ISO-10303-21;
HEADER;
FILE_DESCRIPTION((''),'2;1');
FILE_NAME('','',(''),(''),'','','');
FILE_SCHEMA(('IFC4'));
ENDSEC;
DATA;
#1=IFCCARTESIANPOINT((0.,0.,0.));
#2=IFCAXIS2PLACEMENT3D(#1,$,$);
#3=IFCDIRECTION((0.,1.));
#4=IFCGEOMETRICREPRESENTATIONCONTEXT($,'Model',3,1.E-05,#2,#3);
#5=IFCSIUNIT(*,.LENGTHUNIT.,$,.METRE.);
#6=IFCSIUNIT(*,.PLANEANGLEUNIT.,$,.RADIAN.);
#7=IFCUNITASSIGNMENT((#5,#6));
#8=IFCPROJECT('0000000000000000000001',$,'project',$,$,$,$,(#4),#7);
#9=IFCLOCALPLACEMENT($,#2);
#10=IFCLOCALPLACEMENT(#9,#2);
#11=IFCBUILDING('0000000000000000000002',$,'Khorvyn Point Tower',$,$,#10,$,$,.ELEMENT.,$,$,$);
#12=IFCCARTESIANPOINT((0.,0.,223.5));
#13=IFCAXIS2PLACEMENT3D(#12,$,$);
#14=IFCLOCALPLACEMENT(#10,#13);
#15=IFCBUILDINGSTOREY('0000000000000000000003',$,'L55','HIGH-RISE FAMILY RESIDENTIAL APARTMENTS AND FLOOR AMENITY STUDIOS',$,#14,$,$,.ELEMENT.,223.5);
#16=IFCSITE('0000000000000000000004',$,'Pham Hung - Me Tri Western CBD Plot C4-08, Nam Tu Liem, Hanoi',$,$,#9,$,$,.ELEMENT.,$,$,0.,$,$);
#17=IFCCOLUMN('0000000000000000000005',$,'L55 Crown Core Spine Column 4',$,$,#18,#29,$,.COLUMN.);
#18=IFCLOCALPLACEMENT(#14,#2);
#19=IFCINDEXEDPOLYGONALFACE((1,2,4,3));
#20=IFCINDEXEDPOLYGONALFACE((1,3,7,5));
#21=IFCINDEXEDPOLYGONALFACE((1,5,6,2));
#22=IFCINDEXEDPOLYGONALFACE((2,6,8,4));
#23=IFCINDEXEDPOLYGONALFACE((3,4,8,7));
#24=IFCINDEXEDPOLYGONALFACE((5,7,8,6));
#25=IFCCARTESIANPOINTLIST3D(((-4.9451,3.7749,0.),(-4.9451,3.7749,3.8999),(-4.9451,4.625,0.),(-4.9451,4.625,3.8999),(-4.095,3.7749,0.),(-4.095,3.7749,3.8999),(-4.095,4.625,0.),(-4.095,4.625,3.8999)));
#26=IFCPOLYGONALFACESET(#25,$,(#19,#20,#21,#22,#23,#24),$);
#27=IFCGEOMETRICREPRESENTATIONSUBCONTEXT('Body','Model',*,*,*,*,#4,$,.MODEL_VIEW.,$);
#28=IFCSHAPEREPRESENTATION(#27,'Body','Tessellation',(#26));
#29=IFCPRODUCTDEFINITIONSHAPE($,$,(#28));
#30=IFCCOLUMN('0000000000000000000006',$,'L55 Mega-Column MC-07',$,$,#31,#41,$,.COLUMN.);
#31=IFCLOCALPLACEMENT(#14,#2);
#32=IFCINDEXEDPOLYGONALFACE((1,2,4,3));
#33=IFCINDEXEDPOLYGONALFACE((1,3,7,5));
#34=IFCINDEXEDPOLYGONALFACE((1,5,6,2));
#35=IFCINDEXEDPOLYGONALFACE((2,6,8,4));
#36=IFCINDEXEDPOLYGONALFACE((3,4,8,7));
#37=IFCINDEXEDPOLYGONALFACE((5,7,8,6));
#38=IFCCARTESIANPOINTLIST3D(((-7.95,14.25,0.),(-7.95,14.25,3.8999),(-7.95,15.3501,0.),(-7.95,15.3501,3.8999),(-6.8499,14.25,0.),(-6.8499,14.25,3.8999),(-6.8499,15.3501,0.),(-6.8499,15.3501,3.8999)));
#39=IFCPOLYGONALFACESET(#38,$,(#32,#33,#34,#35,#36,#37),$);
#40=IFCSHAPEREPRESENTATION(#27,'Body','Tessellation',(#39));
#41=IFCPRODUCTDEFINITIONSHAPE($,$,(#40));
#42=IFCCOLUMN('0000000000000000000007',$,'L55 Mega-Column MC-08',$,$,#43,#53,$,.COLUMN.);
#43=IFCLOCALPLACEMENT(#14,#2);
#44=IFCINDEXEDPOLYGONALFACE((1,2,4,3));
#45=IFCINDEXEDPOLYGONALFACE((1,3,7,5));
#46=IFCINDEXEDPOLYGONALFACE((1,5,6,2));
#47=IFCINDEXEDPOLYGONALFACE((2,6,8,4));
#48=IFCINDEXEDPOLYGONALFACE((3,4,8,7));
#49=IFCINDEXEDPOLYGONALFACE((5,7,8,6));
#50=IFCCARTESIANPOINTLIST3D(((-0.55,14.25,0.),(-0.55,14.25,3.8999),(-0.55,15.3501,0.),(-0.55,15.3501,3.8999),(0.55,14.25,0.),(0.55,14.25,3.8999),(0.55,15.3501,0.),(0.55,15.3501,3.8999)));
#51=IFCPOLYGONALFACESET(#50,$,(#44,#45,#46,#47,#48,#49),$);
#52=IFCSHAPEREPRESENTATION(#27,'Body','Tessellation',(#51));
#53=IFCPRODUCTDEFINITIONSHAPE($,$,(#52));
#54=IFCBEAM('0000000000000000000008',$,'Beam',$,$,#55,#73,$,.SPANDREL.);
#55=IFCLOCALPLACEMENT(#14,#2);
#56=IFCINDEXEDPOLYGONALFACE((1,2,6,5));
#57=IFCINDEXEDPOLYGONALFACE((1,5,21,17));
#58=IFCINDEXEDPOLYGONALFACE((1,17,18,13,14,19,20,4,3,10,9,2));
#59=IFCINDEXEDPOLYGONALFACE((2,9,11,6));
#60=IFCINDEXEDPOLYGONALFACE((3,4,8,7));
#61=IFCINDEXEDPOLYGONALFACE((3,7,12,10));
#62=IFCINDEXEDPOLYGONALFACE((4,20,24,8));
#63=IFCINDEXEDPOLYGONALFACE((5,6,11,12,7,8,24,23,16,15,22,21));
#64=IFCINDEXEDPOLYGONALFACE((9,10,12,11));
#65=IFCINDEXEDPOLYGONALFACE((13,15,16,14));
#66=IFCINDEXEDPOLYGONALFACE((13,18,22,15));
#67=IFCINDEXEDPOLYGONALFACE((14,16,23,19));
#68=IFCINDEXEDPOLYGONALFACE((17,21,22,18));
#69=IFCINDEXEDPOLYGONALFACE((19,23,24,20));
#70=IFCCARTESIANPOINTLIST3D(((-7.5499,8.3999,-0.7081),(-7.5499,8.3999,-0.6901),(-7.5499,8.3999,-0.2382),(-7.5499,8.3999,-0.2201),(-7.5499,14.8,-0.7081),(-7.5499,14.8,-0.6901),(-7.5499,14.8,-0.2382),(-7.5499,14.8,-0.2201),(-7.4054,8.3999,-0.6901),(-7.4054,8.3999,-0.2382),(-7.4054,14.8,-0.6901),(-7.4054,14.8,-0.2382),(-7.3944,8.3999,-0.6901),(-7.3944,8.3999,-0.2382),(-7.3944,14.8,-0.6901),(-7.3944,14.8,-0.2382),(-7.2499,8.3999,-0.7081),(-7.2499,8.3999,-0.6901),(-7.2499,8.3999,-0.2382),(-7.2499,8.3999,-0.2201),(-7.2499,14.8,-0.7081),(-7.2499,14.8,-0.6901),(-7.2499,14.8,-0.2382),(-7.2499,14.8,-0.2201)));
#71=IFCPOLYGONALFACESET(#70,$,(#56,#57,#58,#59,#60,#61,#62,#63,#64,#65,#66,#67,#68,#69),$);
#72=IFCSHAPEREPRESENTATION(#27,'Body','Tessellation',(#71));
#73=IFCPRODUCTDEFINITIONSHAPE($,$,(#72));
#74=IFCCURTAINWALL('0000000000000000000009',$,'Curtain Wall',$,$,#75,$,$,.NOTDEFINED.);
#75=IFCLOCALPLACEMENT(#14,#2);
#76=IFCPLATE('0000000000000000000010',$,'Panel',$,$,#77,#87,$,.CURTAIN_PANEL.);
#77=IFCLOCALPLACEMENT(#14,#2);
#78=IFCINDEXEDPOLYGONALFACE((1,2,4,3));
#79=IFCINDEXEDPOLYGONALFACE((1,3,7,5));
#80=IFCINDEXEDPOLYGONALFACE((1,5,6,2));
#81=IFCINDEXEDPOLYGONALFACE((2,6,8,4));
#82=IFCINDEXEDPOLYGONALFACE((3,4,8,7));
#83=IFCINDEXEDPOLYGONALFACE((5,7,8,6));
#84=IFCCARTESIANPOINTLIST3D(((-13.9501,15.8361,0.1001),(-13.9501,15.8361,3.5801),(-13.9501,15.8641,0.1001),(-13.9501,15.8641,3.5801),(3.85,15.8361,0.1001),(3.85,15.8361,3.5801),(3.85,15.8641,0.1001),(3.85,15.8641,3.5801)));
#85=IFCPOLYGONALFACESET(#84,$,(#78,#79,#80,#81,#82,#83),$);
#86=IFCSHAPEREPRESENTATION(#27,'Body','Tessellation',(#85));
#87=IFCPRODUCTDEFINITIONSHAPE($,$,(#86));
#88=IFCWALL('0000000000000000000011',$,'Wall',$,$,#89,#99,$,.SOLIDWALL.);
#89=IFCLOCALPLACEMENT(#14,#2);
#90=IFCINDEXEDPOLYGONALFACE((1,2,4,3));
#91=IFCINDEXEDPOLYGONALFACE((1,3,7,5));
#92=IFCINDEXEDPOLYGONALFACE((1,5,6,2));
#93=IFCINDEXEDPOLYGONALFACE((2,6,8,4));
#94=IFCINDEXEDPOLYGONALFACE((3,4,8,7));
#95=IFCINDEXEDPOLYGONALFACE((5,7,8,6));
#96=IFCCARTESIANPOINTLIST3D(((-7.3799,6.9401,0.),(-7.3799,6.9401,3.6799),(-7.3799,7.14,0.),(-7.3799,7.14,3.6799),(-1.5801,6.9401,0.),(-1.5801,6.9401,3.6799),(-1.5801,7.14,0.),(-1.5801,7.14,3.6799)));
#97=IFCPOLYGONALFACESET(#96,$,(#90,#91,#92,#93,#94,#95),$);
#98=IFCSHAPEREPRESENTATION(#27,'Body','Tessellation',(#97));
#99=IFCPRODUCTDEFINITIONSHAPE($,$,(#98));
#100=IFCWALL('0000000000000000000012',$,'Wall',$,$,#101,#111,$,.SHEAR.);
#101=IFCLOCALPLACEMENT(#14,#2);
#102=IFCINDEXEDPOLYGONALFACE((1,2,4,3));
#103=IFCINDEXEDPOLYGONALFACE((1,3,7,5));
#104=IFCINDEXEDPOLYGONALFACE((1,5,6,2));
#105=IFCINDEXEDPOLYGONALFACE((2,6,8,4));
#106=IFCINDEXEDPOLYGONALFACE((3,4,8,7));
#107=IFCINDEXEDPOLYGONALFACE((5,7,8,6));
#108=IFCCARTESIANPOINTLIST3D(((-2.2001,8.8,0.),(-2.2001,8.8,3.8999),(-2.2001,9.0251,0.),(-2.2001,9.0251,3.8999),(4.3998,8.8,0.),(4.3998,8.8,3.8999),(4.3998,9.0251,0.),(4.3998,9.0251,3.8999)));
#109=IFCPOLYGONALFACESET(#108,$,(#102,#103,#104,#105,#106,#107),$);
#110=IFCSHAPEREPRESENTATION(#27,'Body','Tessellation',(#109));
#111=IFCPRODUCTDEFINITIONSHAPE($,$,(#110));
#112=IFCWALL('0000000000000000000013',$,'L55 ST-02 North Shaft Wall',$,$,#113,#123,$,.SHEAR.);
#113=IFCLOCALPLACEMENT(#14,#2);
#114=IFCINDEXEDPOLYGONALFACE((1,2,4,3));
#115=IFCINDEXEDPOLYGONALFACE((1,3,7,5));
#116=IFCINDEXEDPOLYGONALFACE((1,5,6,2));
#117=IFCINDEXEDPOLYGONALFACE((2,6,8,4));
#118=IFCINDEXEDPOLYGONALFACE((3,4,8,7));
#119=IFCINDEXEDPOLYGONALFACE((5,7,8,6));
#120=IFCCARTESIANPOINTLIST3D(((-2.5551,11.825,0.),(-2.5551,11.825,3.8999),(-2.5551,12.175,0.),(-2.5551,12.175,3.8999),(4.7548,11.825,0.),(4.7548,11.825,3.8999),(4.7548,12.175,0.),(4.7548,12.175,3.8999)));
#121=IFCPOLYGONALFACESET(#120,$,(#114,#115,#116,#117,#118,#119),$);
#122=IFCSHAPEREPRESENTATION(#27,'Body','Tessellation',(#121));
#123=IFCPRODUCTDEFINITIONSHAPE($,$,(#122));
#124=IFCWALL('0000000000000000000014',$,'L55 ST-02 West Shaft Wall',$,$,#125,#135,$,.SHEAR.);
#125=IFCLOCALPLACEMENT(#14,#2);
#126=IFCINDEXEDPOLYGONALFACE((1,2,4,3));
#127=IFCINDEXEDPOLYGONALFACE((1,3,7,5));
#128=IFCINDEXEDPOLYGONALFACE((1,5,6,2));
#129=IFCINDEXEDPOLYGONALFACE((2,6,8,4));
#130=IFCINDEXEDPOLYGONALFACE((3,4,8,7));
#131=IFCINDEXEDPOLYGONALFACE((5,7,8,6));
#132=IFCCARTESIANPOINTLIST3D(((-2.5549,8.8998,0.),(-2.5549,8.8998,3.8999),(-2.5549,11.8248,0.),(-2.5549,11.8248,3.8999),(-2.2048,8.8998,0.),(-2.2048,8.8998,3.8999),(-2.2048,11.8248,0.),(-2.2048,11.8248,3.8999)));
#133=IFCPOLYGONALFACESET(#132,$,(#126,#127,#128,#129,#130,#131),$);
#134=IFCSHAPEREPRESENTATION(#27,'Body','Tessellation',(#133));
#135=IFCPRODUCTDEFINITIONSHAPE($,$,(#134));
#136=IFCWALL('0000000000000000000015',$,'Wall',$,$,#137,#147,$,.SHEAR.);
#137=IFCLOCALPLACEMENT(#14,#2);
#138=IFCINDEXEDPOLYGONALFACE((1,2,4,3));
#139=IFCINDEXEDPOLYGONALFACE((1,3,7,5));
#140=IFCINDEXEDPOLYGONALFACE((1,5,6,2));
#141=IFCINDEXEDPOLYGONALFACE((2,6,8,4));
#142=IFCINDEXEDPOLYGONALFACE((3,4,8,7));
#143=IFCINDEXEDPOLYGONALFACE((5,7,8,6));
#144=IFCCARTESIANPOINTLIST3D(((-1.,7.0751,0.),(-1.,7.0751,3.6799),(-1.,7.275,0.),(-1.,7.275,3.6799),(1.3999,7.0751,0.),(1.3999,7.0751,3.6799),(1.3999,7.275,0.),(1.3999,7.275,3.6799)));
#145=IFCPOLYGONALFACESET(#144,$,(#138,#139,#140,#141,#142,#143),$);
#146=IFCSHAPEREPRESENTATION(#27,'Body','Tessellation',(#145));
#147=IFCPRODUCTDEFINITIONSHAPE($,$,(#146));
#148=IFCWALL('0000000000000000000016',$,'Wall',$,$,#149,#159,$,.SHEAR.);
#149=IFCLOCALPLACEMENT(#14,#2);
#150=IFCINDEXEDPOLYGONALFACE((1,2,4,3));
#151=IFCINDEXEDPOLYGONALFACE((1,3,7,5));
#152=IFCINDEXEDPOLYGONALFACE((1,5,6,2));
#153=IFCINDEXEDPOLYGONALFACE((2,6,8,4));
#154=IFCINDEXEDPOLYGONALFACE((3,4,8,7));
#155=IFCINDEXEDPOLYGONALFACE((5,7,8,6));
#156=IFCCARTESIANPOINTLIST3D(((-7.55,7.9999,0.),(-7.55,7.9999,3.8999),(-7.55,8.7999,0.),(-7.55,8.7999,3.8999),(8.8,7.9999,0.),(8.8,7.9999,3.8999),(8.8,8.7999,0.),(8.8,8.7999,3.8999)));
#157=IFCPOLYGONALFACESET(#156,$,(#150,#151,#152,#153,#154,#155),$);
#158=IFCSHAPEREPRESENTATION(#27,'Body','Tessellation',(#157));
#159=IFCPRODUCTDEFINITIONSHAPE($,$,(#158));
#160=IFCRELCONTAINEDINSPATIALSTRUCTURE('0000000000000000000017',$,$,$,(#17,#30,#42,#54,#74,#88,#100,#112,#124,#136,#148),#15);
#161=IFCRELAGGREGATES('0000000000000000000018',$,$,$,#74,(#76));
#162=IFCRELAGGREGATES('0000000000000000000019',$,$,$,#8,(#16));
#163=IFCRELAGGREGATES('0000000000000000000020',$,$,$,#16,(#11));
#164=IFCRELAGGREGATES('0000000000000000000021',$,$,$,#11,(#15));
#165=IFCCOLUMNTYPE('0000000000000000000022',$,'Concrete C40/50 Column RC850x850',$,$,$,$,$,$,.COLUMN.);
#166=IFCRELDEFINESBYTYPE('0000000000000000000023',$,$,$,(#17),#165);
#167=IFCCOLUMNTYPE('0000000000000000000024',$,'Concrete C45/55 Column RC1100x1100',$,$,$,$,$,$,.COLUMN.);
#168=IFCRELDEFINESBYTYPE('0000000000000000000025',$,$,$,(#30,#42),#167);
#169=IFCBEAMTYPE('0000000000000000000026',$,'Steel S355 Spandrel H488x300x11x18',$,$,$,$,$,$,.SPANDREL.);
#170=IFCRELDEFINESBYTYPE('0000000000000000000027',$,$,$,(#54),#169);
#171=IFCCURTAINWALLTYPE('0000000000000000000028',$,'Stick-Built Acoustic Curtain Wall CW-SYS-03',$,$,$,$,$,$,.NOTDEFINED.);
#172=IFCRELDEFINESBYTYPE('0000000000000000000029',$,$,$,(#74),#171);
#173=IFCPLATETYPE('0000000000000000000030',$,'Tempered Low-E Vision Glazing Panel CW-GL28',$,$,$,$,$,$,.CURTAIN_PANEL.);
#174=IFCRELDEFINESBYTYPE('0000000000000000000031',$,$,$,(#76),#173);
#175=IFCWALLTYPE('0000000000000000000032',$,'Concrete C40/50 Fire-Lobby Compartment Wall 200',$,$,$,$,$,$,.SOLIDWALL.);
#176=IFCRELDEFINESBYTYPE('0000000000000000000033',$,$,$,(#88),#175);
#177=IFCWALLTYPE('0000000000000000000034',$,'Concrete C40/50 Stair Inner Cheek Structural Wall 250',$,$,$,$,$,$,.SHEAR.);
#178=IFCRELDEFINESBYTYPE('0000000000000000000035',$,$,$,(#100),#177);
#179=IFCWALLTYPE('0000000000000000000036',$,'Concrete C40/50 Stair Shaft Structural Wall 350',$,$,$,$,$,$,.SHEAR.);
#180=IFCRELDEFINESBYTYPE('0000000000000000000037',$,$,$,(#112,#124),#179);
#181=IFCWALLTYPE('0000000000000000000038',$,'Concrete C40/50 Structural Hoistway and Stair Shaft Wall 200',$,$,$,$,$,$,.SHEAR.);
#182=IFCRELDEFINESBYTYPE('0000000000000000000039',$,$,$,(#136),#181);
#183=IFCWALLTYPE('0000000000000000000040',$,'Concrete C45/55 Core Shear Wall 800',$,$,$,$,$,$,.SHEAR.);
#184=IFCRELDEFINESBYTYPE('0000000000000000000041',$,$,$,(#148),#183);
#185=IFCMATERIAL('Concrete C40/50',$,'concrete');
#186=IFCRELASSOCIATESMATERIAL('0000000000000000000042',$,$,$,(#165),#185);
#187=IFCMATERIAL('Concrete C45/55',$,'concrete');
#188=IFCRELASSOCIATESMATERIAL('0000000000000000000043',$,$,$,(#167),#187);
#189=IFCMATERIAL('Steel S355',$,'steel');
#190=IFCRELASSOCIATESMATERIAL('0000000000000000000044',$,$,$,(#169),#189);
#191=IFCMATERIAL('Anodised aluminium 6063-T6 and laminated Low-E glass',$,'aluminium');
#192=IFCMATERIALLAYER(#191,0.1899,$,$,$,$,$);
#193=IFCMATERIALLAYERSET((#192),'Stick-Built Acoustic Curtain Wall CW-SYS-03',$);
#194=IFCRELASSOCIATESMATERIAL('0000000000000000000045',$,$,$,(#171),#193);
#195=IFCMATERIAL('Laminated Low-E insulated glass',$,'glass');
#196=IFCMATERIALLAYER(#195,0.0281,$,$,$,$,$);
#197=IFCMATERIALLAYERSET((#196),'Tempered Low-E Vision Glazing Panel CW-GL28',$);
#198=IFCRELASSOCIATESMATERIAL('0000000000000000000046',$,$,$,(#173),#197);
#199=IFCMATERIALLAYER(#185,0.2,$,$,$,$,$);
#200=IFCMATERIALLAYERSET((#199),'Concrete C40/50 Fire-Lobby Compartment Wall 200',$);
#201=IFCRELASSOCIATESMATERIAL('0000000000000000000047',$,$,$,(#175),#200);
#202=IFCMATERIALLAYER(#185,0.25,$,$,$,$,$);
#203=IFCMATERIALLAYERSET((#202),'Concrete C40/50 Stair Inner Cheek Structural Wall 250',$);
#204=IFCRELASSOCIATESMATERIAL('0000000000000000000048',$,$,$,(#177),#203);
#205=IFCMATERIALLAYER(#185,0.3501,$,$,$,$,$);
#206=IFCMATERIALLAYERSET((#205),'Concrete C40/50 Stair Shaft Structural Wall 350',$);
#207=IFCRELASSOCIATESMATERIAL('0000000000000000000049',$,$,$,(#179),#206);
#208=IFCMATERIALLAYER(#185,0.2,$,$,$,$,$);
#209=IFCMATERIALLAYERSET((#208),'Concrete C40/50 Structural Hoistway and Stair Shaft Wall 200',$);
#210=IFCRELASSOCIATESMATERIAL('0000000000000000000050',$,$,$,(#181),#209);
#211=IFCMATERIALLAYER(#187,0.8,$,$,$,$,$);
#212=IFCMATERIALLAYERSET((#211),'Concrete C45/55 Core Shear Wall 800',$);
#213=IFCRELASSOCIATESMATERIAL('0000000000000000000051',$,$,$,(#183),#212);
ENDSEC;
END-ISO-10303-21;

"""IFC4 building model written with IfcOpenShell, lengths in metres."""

from ifc_helpers import new_model, si_unit, direction, frame, frame_2d, origin, origin_2d, place, context, subcontext, project, spatial, rectangle, i_section, extrude, material, layer, layer_set, material_profile, profile_set, type_object, element, aggregate, save


model = new_model("IFC4")

# Units and contexts
model_context = context("Model", 3, precision=1e-05, world=origin(), true_north=direction((0.0, 1.0)))
body_context = subcontext(model_context, "Body", "Model", "MODEL_VIEW")
ifc_project = project(units=[si_unit("LENGTHUNIT", "METRE"), si_unit("PLANEANGLEUNIT", "RADIAN")], contexts=[model_context])

# Site, building, storey
site_placement = place(None, origin())
site = spatial("IfcSite", under=ifc_project, at=site_placement, Name="Pham Hung - Me Tri Western CBD Plot C4-08, Nam Tu Liem, Hanoi", CompositionType="ELEMENT", RefElevation=0.0)
building_placement = place(site_placement, origin())
building = spatial("IfcBuilding", under=site, at=building_placement, Name="Khorvyn Point Tower", CompositionType="ELEMENT")
storey_placement = place(building_placement, frame((0.0, 0.0, 223.5)))
storey = spatial("IfcBuildingStorey", under=building, at=storey_placement, Name="L55", Description="HIGH-RISE FAMILY RESIDENTIAL APARTMENTS AND FLOOR AMENITY STUDIOS", CompositionType="ELEMENT", Elevation=223.5)

# Columns
ifc_material_1 = material(Name="Concrete C40/50", Category="concrete")
ifc_material_profile_1 = material_profile(ifc_material_1, rectangle(XDim=0.8501, YDim=0.8501, at=origin_2d()))
ifc_profile_set_1 = profile_set([ifc_material_profile_1], Name="Concrete C40/50 RC850x850")
column_type_1 = type_object("IfcColumnType", Name="Concrete C40/50 Column RC850x850", PredefinedType="COLUMN", material=ifc_profile_set_1)
column_placement = place(storey_placement, frame((-4.52, 4.2, 0.0), z_axis=(0.0, 0.0, 1.0), x_axis=(1.0, 0.0, 0.0)))
element("IfcColumn", 1, at=column_placement, inside=storey, type_object=column_type_1, Name="L55 Crown Core Spine Column 4", PredefinedType="COLUMN", context=body_context, shape_type="SweptSolid", body=[
    extrude(rectangle(XDim=0.8501, YDim=0.8501, at=origin_2d()), origin(), (0.0, 0.0, 1.0), 3.8999),
])
ifc_material_2 = material(Name="Concrete C45/55", Category="concrete")
ifc_material_profile_2 = material_profile(ifc_material_2, rectangle(XDim=1.1001, YDim=1.1001, at=origin_2d()))
ifc_profile_set_2 = profile_set([ifc_material_profile_2], Name="Concrete C45/55 RC1100x1100")
column_type_2 = type_object("IfcColumnType", Name="Concrete C45/55 Column RC1100x1100", PredefinedType="COLUMN", material=ifc_profile_set_2)
for number, where, z_axis, x_axis, name in (
    (2, (-7.3999, 14.8, 0.0), (0.0, 0.0, 1.0), (1.0, 0.0, 0.0), "L55 Mega-Column MC-07"),
    (3, (0.0, 14.8, 0.0), (0.0, 0.0, 1.0), (1.0, 0.0, 0.0), "L55 Mega-Column MC-08"),
):
    element("IfcColumn", number, at=place(storey_placement, frame(where, z_axis=z_axis, x_axis=x_axis)), inside=storey, type_object=column_type_2, Name=name, PredefinedType="COLUMN", context=body_context, shape_type="SweptSolid", body=[
        extrude(rectangle(XDim=1.1001, YDim=1.1001, at=origin_2d()), origin(), (0.0, 0.0, 1.0), 3.8999),
    ])

# Beam
ifc_material_3 = material(Name="Steel S355", Category="steel")
ifc_material_profile_3 = material_profile(ifc_material_3, i_section(OverallWidth=0.3, OverallDepth=0.488, WebThickness=0.011, FlangeThickness=0.0181, at=origin_2d()))
ifc_profile_set_3 = profile_set([ifc_material_profile_3], Name="Steel S355 H488x300x11x18")
beam_type = type_object("IfcBeamType", Name="Steel S355 Spandrel H488x300x11x18", PredefinedType="SPANDREL", material=ifc_profile_set_3)
beam_placement = place(storey_placement, frame((-7.3999, 8.3999, -0.4641), z_axis=(0.0, 1.0, 0.0), x_axis=(-1.0, 0.0, 0.0)))
element("IfcBeam", 4, at=beam_placement, inside=storey, type_object=beam_type, Name="Beam", PredefinedType="SPANDREL", context=body_context, shape_type="SweptSolid", body=[
    extrude(i_section(OverallWidth=0.3, OverallDepth=0.488, WebThickness=0.011, FlangeThickness=0.0181, at=origin_2d()), origin(), (0.0, 0.0, 1.0), 6.4001),
])

# Curtain wall, plate
ifc_material_4 = material(Name="Anodised aluminium 6063-T6 and laminated Low-E glass", Category="aluminium")
ifc_layer_1 = layer(ifc_material_4, 0.1899)
ifc_layer_set_1 = layer_set([ifc_layer_1], Name="Stick-Built Acoustic Curtain Wall CW-SYS-03")
curtain_wall_type = type_object("IfcCurtainWallType", Name="Stick-Built Acoustic Curtain Wall CW-SYS-03", PredefinedType="NOTDEFINED", material=ifc_layer_set_1)
curtain_wall_placement = place(storey_placement, origin())
curtain_wall = element("IfcCurtainWall", 5, at=curtain_wall_placement, inside=storey, type_object=curtain_wall_type, Name="Curtain Wall", PredefinedType="NOTDEFINED")
ifc_material_5 = material(Name="Laminated Low-E insulated glass", Category="glass")
ifc_layer_2 = layer(ifc_material_5, 0.0281)
ifc_layer_set_2 = layer_set([ifc_layer_2], Name="Tempered Low-E Vision Glazing Panel CW-GL28")
plate_type = type_object("IfcPlateType", Name="Tempered Low-E Vision Glazing Panel CW-GL28", PredefinedType="CURTAIN_PANEL", material=ifc_layer_set_2)
plate_placement = place(storey_placement, frame((-5.05, 15.8501, 0.1001), z_axis=(0.0, 0.0, 1.0), x_axis=(1.0, 0.0, 0.0)))
plate = element("IfcPlate", 6, at=plate_placement, type_object=plate_type, Name="Panel", PredefinedType="CURTAIN_PANEL", context=body_context, shape_type="SweptSolid", body=[
    extrude(rectangle(XDim=17.8, YDim=0.0281, at=origin_2d()), origin(), (0.0, 0.0, 1.0), 3.48),
])
aggregate(curtain_wall, [plate])

# Shared definitions
ifc_layer_3 = layer(ifc_material_1, 0.2)
ifc_layer_set_3 = layer_set([ifc_layer_3], Name="Concrete C40/50 Fire-Lobby Compartment Wall 200")
wall_type_1 = type_object("IfcWallType", Name="Concrete C40/50 Fire-Lobby Compartment Wall 200", PredefinedType="SOLIDWALL", material=ifc_layer_set_3)

# Walls
wall_1_placement = place(storey_placement, frame((-7.3799, 7.04, 0.0), z_axis=(0.0, 0.0, 1.0), x_axis=(1.0, 0.0, 0.0)))
element("IfcWall", 7, at=wall_1_placement, inside=storey, type_object=wall_type_1, Name="Wall", PredefinedType="SOLIDWALL", context=body_context, shape_type="SweptSolid", body=[
    extrude(rectangle(XDim=5.7998, YDim=0.2, at=frame_2d((2.8999, 0.0))), origin(), (0.0, 0.0, 1.0), 3.6799),
])
ifc_layer_4 = layer(ifc_material_1, 0.25)
ifc_layer_set_4 = layer_set([ifc_layer_4], Name="Concrete C40/50 Stair Inner Cheek Structural Wall 250")
wall_type_2 = type_object("IfcWallType", Name="Concrete C40/50 Stair Inner Cheek Structural Wall 250", PredefinedType="SHEAR", material=ifc_layer_set_4)
wall_2_placement = place(storey_placement, frame((-2.2, 8.9126, 0.0), z_axis=(0.0, 0.0, 1.0), x_axis=(1.0, 0.0, 0.0)))
element("IfcWall", 8, at=wall_2_placement, inside=storey, type_object=wall_type_2, Name="Wall", PredefinedType="SHEAR", context=body_context, shape_type="SweptSolid", body=[
    extrude(rectangle(XDim=6.5999, YDim=0.2251, at=frame_2d((3.2998, 0.0))), origin(), (0.0, 0.0, 1.0), 3.8999),
])
ifc_layer_5 = layer(ifc_material_1, 0.3501)
ifc_layer_set_5 = layer_set([ifc_layer_5], Name="Concrete C40/50 Stair Shaft Structural Wall 350")
wall_type_3 = type_object("IfcWallType", Name="Concrete C40/50 Stair Shaft Structural Wall 350", PredefinedType="SHEAR", material=ifc_layer_set_5)
wall_3_placement = place(storey_placement, frame((-2.5549, 12.0, 0.0), z_axis=(0.0, 0.0, 1.0), x_axis=(1.0, 0.0, 0.0)))
element("IfcWall", 9, at=wall_3_placement, inside=storey, type_object=wall_type_3, Name="L55 ST-02 North Shaft Wall", PredefinedType="SHEAR", context=body_context, shape_type="SweptSolid", body=[
    extrude(rectangle(XDim=7.3098, YDim=0.3501, at=frame_2d((3.6548, 0.0))), origin(), (0.0, 0.0, 1.0), 3.8999),
])
wall_4_placement = place(storey_placement, frame((-2.3799, 8.8999, 0.0), z_axis=(0.0, 0.0, 1.0), x_axis=(0.0, 1.0, 0.0)))
element("IfcWall", 10, at=wall_4_placement, inside=storey, type_object=wall_type_3, Name="L55 ST-02 West Shaft Wall", PredefinedType="SHEAR", context=body_context, shape_type="SweptSolid", body=[
    extrude(rectangle(XDim=2.925, YDim=0.3501, at=frame_2d((1.4624, 0.0))), origin(), (0.0, 0.0, 1.0), 3.8999),
])
ifc_layer_6 = layer(ifc_material_1, 0.2)
ifc_layer_set_6 = layer_set([ifc_layer_6], Name="Concrete C40/50 Structural Hoistway and Stair Shaft Wall 200")
wall_type_4 = type_object("IfcWallType", Name="Concrete C40/50 Structural Hoistway and Stair Shaft Wall 200", PredefinedType="SHEAR", material=ifc_layer_set_6)
wall_5_placement = place(storey_placement, frame((-1.0, 7.175, 0.0), z_axis=(0.0, 0.0, 1.0), x_axis=(1.0, 0.0, 0.0)))
element("IfcWall", 11, at=wall_5_placement, inside=storey, type_object=wall_type_4, Name="Wall", PredefinedType="SHEAR", context=body_context, shape_type="SweptSolid", body=[
    extrude(rectangle(XDim=2.3999, YDim=0.2, at=frame_2d((1.2, 0.0))), origin(), (0.0, 0.0, 1.0), 3.6799),
])
ifc_layer_7 = layer(ifc_material_2, 0.8)
ifc_layer_set_7 = layer_set([ifc_layer_7], Name="Concrete C45/55 Core Shear Wall 800")
wall_type_5 = type_object("IfcWallType", Name="Concrete C45/55 Core Shear Wall 800", PredefinedType="SHEAR", material=ifc_layer_set_7)
wall_6_placement = place(storey_placement, frame((-7.55, 8.3999, 0.0), z_axis=(0.0, 0.0, 1.0), x_axis=(1.0, 0.0, 0.0)))
element("IfcWall", 12, at=wall_6_placement, inside=storey, type_object=wall_type_5, Name="Wall", PredefinedType="SHEAR", context=body_context, shape_type="SweptSolid", body=[
    extrude(rectangle(XDim=16.3501, YDim=0.8, at=frame_2d((8.175, 0.0))), origin(), (0.0, 0.0, 1.0), 3.8999),
])

save(model, "model.ifc")
